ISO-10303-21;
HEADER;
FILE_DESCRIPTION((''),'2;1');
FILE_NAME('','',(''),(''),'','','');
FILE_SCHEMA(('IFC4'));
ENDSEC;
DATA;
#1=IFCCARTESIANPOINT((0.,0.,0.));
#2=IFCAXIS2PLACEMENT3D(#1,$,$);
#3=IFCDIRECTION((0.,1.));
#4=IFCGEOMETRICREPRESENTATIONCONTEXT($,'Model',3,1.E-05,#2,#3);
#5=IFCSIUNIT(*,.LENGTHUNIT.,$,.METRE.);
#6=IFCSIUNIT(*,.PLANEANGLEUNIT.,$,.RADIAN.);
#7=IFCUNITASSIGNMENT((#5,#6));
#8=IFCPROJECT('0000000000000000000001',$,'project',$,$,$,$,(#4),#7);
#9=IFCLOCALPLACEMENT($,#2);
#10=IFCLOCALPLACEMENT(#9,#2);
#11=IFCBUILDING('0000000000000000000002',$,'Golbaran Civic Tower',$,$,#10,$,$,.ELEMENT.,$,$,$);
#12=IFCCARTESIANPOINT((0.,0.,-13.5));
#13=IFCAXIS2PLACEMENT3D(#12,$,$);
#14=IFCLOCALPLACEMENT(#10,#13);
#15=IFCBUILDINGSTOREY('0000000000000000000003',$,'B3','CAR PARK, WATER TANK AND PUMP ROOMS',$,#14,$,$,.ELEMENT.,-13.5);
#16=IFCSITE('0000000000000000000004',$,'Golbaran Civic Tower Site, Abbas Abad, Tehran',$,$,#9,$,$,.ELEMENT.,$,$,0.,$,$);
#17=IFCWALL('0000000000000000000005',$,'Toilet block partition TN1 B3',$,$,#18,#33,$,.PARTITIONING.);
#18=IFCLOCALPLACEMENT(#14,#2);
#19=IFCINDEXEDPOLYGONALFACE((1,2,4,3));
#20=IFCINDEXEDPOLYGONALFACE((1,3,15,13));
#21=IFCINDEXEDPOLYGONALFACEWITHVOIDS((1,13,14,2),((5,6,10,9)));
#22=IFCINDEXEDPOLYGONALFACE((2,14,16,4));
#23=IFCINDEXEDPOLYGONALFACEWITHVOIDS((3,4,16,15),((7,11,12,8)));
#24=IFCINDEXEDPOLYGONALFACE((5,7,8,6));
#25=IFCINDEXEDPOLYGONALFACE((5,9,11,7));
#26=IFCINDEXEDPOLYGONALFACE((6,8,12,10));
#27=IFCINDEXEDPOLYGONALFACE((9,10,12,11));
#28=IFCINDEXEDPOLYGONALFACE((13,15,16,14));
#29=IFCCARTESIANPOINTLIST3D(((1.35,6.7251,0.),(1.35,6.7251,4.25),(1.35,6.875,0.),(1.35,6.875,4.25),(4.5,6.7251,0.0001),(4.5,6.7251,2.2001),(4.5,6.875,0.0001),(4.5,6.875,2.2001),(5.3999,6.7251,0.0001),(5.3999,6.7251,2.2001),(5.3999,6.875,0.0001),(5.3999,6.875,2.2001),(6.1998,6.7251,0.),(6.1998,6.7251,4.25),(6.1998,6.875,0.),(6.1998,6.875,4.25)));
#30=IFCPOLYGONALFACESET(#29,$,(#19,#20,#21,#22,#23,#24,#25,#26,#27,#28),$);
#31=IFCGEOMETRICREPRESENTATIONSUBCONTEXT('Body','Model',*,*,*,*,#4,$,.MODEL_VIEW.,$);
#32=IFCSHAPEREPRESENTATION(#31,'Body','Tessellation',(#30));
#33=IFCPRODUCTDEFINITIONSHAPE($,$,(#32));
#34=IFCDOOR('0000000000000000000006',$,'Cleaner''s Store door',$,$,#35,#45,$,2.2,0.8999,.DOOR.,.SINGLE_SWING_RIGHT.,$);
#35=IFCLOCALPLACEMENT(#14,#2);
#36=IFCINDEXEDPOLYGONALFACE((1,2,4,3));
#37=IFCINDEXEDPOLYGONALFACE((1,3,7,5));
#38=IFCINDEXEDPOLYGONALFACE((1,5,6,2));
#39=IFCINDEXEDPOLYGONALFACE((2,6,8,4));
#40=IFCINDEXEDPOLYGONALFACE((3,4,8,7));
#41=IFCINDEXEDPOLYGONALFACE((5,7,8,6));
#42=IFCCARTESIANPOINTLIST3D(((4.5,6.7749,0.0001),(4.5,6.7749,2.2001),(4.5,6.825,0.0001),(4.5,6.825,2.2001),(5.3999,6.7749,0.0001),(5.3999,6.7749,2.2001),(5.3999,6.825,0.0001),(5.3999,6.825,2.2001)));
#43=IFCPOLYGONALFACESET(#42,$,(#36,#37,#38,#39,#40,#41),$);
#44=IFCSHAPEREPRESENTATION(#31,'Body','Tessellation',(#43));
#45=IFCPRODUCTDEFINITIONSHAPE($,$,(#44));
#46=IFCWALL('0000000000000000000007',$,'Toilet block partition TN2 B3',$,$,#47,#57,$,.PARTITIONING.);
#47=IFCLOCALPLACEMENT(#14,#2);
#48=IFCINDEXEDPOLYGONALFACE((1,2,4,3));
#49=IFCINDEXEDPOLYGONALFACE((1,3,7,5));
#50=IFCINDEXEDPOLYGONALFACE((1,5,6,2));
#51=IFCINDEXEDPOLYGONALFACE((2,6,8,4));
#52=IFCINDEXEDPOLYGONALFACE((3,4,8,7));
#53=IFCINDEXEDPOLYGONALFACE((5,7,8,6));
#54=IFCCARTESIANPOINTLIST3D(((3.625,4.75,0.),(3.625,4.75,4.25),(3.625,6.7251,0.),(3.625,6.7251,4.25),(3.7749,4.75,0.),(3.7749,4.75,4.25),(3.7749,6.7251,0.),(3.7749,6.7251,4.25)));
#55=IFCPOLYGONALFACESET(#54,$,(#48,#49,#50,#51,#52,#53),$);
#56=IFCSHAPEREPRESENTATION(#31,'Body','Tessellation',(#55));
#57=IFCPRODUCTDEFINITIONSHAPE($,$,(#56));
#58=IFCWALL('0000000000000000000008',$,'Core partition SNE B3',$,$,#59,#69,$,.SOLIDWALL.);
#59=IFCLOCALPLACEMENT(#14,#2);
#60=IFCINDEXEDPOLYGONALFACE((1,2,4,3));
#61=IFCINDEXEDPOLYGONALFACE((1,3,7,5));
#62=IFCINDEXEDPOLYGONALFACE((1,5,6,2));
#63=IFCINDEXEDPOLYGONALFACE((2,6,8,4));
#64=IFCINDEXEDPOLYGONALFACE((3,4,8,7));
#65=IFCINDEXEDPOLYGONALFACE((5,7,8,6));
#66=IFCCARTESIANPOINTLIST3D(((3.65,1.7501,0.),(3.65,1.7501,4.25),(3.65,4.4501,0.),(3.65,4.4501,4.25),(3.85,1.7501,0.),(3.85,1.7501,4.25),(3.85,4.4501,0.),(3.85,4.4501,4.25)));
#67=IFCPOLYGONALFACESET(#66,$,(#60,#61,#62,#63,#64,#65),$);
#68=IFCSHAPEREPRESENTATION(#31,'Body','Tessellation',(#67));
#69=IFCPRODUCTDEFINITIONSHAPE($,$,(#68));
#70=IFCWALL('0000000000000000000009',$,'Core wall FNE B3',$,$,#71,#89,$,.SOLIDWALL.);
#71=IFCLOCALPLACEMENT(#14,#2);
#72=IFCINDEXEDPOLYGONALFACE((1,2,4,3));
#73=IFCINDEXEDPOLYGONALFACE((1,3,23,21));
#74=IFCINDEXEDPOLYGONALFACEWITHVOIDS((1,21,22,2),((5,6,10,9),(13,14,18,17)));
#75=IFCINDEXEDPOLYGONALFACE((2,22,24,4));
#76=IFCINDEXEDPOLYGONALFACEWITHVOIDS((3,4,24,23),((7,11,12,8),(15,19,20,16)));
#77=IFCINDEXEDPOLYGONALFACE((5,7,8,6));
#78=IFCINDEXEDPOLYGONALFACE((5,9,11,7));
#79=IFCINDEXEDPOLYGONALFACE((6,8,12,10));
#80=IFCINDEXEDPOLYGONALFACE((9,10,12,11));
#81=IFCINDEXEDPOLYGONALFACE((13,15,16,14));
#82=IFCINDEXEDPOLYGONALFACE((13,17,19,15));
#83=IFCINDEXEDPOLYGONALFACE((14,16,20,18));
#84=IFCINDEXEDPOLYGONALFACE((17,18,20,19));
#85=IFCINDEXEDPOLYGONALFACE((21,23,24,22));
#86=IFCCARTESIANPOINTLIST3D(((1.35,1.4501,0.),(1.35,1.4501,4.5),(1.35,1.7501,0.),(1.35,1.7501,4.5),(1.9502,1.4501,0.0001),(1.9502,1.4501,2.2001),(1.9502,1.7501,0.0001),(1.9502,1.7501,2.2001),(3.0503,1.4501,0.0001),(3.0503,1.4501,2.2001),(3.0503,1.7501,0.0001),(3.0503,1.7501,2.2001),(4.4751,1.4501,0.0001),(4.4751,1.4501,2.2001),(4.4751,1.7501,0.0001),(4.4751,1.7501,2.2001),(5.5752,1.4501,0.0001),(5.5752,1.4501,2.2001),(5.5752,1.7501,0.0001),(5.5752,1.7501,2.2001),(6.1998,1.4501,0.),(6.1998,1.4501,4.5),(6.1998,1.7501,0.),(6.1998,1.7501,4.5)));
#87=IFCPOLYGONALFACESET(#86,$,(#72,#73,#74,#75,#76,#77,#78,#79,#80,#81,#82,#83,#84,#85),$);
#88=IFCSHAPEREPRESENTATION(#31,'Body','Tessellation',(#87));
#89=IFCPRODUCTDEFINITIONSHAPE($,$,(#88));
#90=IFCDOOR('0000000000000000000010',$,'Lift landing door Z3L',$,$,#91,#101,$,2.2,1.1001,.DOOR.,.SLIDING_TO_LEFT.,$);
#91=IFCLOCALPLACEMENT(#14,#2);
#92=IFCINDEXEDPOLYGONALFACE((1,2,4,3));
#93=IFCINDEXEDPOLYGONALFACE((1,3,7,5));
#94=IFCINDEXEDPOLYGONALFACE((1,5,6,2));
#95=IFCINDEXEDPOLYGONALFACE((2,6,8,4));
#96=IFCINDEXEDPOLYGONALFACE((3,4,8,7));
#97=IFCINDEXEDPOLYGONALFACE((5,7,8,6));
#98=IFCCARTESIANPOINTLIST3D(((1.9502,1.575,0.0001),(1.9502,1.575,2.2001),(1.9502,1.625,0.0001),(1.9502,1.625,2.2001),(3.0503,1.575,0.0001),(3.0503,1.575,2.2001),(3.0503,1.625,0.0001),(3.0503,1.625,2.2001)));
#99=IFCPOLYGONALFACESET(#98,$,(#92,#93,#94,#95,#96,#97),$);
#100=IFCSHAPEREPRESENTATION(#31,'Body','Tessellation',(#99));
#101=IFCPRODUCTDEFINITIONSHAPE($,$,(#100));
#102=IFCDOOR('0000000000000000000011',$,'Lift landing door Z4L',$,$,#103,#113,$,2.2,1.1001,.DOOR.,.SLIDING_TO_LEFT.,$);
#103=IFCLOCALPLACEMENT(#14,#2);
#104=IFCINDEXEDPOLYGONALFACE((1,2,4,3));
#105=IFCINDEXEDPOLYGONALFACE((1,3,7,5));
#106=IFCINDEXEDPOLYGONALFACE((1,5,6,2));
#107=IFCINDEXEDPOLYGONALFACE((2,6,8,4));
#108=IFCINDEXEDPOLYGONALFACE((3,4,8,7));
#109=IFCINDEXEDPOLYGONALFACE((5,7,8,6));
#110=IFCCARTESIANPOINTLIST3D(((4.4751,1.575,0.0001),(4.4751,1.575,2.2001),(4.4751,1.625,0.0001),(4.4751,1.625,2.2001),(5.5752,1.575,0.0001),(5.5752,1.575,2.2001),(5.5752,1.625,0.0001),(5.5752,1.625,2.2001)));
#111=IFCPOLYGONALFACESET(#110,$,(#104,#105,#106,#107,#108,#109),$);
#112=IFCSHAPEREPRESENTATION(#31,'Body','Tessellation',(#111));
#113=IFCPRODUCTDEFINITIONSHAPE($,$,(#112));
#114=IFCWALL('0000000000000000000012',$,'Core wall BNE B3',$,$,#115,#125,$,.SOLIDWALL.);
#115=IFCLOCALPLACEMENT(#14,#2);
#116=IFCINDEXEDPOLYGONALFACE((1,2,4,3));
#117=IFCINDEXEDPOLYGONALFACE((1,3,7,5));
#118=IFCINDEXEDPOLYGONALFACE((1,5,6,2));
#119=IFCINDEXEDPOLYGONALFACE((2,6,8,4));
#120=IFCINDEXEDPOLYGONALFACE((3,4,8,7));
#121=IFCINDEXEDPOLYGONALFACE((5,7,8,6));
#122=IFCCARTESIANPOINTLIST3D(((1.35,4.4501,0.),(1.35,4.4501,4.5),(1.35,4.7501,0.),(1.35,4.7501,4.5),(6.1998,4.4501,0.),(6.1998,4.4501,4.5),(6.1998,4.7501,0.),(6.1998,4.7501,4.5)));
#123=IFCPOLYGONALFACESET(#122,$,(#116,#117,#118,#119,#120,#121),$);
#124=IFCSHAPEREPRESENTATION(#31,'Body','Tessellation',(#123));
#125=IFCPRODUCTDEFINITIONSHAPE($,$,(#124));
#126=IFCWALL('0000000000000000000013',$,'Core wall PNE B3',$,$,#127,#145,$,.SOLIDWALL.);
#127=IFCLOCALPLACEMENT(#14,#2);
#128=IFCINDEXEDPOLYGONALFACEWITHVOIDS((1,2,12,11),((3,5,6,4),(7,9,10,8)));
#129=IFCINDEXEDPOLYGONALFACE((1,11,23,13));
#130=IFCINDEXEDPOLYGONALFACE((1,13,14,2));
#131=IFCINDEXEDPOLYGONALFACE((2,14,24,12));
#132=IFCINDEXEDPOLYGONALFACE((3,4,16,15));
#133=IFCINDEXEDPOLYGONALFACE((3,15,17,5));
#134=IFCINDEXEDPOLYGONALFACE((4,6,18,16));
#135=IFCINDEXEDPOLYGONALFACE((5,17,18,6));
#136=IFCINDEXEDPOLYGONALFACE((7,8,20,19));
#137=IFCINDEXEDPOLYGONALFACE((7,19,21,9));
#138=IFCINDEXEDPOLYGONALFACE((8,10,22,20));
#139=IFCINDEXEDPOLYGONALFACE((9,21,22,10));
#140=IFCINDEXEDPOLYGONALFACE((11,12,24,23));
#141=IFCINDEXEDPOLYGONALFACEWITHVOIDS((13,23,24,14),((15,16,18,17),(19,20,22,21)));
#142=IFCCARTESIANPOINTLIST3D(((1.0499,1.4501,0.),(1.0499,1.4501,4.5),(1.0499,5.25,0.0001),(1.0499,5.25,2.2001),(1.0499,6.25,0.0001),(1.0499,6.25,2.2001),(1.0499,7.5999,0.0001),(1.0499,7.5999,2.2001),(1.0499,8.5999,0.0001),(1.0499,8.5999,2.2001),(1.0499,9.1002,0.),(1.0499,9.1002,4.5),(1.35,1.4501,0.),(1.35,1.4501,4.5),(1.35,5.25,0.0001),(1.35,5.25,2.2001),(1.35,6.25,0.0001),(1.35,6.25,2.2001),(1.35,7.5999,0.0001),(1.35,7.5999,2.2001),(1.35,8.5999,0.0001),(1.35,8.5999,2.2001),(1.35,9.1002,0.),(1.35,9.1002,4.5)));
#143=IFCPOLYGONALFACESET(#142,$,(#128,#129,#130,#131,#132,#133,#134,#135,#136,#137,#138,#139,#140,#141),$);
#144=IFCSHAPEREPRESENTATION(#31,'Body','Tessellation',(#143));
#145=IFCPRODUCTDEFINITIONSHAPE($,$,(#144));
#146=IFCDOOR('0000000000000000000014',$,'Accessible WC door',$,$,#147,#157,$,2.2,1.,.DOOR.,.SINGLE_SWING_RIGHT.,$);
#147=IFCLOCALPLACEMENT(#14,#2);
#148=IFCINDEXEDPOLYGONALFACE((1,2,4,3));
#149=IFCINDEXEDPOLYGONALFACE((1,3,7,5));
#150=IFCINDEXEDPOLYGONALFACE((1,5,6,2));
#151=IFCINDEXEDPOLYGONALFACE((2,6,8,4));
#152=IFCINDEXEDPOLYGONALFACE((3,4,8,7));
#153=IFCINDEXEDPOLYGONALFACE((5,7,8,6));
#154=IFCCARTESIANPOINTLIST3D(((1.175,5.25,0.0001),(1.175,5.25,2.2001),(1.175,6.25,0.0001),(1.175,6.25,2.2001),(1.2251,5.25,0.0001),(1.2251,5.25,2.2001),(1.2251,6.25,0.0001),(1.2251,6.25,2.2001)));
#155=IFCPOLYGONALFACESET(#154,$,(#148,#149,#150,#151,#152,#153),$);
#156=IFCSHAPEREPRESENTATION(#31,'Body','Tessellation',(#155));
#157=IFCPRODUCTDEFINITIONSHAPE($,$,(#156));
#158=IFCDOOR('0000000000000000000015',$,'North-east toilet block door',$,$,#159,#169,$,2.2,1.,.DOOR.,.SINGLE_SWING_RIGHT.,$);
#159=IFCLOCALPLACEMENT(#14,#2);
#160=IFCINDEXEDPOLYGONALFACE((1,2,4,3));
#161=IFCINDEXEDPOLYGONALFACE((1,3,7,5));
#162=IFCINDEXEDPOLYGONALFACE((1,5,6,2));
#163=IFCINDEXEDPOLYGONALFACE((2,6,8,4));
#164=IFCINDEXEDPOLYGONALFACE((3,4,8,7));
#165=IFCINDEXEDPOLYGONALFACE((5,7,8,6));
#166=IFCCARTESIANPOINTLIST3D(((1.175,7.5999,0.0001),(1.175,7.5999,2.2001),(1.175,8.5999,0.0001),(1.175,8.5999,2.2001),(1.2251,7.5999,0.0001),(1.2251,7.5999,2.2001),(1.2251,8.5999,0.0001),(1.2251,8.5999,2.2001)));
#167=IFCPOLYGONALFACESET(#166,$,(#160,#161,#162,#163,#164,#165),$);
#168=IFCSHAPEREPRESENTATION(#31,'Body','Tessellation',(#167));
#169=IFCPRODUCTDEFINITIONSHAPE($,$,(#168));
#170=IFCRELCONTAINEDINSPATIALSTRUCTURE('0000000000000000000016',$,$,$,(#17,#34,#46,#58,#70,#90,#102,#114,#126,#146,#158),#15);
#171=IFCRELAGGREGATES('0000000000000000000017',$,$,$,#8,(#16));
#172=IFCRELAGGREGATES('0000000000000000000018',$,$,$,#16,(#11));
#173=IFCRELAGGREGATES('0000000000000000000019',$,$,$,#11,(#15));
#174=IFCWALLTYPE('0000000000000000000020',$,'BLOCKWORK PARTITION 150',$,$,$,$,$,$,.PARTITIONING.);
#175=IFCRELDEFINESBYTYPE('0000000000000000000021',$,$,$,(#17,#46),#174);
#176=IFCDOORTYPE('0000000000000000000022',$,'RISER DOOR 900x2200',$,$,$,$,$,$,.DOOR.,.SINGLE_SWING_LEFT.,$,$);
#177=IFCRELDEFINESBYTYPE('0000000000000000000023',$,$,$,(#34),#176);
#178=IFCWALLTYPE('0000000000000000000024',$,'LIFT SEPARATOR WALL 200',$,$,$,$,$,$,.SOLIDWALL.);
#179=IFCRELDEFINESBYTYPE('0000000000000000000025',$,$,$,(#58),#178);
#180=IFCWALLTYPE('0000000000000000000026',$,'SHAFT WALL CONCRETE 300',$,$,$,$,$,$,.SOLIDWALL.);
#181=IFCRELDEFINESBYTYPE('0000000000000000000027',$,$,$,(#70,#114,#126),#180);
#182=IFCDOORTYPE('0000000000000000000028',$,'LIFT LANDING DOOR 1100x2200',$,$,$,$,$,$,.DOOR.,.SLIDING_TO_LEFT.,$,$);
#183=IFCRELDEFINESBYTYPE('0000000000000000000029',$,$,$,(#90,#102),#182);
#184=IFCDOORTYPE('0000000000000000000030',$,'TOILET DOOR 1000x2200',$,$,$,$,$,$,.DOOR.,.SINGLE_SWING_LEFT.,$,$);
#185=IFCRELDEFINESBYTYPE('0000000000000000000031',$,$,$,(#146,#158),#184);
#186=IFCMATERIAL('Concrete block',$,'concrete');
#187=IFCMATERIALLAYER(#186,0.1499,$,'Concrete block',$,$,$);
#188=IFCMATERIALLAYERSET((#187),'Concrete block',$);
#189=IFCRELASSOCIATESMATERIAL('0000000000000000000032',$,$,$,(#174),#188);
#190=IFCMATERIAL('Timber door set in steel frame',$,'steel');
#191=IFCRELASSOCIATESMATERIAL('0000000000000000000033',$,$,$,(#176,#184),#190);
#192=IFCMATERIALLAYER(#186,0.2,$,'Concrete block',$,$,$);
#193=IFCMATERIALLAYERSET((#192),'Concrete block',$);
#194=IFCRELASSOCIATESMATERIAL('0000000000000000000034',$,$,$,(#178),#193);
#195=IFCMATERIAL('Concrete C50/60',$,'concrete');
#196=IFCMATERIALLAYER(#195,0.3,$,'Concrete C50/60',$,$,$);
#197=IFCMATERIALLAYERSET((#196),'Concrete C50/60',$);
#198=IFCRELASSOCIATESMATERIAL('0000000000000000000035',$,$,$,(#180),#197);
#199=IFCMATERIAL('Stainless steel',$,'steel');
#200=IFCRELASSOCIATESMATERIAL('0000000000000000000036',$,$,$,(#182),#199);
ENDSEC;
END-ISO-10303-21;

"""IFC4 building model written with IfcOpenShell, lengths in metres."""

from ifc_helpers import new_model, si_unit, direction, frame, frame_2d, origin, place, context, subcontext, project, spatial, rectangle, extrude, material, layer, layer_set, type_object, element, fill, save


model = new_model("IFC4")

# Units and contexts
model_context = context("Model", 3, precision=1e-05, world=origin(), true_north=direction((0.0, 1.0)))
body_context = subcontext(model_context, "Body", "Model", "MODEL_VIEW")
ifc_project = project(units=[si_unit("LENGTHUNIT", "METRE"), si_unit("PLANEANGLEUNIT", "RADIAN")], contexts=[model_context])

# Site, building, storey
site_placement = place(None, origin())
site = spatial("IfcSite", under=ifc_project, at=site_placement, Name="Golbaran Civic Tower Site, Abbas Abad, Tehran", CompositionType="ELEMENT", RefElevation=0.0)
building_placement = place(site_placement, origin())
building = spatial("IfcBuilding", under=site, at=building_placement, Name="Golbaran Civic Tower", CompositionType="ELEMENT")
storey_placement = place(building_placement, frame((0.0, 0.0, -13.5)))
storey = spatial("IfcBuildingStorey", under=building, at=storey_placement, Name="B3", Description="CAR PARK, WATER TANK AND PUMP ROOMS", CompositionType="ELEMENT", Elevation=-13.5)

# Wall, opening, door
ifc_material_1 = material(Name="Concrete block", Category="concrete")
ifc_layer_1 = layer(ifc_material_1, 0.1499, Name="Concrete block")
ifc_layer_set_1 = layer_set([ifc_layer_1], Name="Concrete block")
wall_type_1 = type_object("IfcWallType", Name="BLOCKWORK PARTITION 150", PredefinedType="PARTITIONING", material=ifc_layer_set_1)
wall_1_placement = place(storey_placement, frame((1.3501, 6.8, 0.0), z_axis=(0.0, 0.0, 1.0), x_axis=(1.0, 0.0, 0.0)))
wall_1 = element("IfcWall", 1, at=wall_1_placement, inside=storey, type_object=wall_type_1, Name="Toilet block partition TN1 B3", PredefinedType="PARTITIONING", context=body_context, shape_type="SweptSolid", body=[
    extrude(rectangle(XDim=4.8499, YDim=0.1499, at=frame_2d((2.4248, 0.0))), origin(), (0.0, 0.0, 1.0), 4.25),
])
opening_1_placement = place(wall_1_placement, frame((3.1499, 0.0, 0.0)))
opening_1 = element("IfcOpeningElement", 2, at=opening_1_placement, cuts=wall_1, PredefinedType="OPENING", context=body_context, shape_type="SweptSolid", body=[
    extrude(rectangle(XDim=0.8999, YDim=2.2, at=frame_2d((0.45, 1.1001))), frame((0.0, 0.085, 0.0), z_axis=(0.0, -1.0, 0.0), x_axis=(1.0, 0.0, 0.0)), (0.0, 0.0, 1.0), 0.1699),
])
ifc_material_2 = material(Name="Timber door set in steel frame", Category="steel")
door_type_1 = type_object("IfcDoorType", Name="RISER DOOR 900x2200", OperationType="SINGLE_SWING_LEFT", PredefinedType="DOOR", material=ifc_material_2)
door_1_placement = place(opening_1_placement, origin())
door_1 = element("IfcDoor", 3, at=door_1_placement, inside=storey, type_object=door_type_1, Name="Cleaner's Store door", OperationType="SINGLE_SWING_RIGHT", OverallHeight=2.2, OverallWidth=0.8999, PredefinedType="DOOR", context=body_context, shape_type="SweptSolid", body=[
    extrude(rectangle(XDim=0.8999, YDim=2.2, at=frame_2d((0.45, 1.1001))), frame((0.0, 0.0249, 0.0), z_axis=(0.0, -1.0, 0.0), x_axis=(1.0, 0.0, 0.0)), (0.0, 0.0, 1.0), 0.05),
])
fill(opening_1, door_1)

# Walls
wall_2_placement = place(storey_placement, frame((3.7, 4.75, 0.0), z_axis=(0.0, 0.0, 1.0), x_axis=(0.0, 1.0, 0.0)))
element("IfcWall", 4, at=wall_2_placement, inside=storey, type_object=wall_type_1, Name="Toilet block partition TN2 B3", PredefinedType="PARTITIONING", context=body_context, shape_type="SweptSolid", body=[
    extrude(rectangle(XDim=1.9751, YDim=0.1499, at=frame_2d((0.9875, 0.0))), origin(), (0.0, 0.0, 1.0), 4.25),
])
ifc_layer_2 = layer(ifc_material_1, 0.2, Name="Concrete block")
ifc_layer_set_2 = layer_set([ifc_layer_2], Name="Concrete block")
wall_type_2 = type_object("IfcWallType", Name="LIFT SEPARATOR WALL 200", PredefinedType="SOLIDWALL", material=ifc_layer_set_2)
wall_3_placement = place(storey_placement, frame((3.75, 1.75, 0.0), z_axis=(0.0, 0.0, 1.0), x_axis=(0.0, 1.0, 0.0)))
element("IfcWall", 5, at=wall_3_placement, inside=storey, type_object=wall_type_2, Name="Core partition SNE B3", PredefinedType="SOLIDWALL", context=body_context, shape_type="SweptSolid", body=[
    extrude(rectangle(XDim=2.7, YDim=0.2, at=frame_2d((1.3501, 0.0))), origin(), (0.0, 0.0, 1.0), 4.25),
])

# Wall, openings, doors
ifc_material_3 = material(Name="Concrete C50/60", Category="concrete")
ifc_layer_3 = layer(ifc_material_3, 0.3, Name="Concrete C50/60")
ifc_layer_set_3 = layer_set([ifc_layer_3], Name="Concrete C50/60")
wall_type_3 = type_object("IfcWallType", Name="SHAFT WALL CONCRETE 300", PredefinedType="SOLIDWALL", material=ifc_layer_set_3)
wall_4_placement = place(storey_placement, frame((1.3501, 1.6001, 0.0), z_axis=(0.0, 0.0, 1.0), x_axis=(1.0, 0.0, 0.0)))
wall_4 = element("IfcWall", 6, at=wall_4_placement, inside=storey, type_object=wall_type_3, Name="Core wall FNE B3", PredefinedType="SOLIDWALL", context=body_context, shape_type="SweptSolid", body=[
    extrude(rectangle(XDim=4.8499, YDim=0.3, at=frame_2d((2.4248, 0.0))), origin(), (0.0, 0.0, 1.0), 4.5),
])
opening_2_placement = place(wall_4_placement, frame((0.6001, 0.0, 0.0)))
opening_2 = element("IfcOpeningElement", 7, at=opening_2_placement, cuts=wall_4, PredefinedType="OPENING", context=body_context, shape_type="SweptSolid", body=[
    extrude(rectangle(XDim=1.1001, YDim=2.2, at=frame_2d((0.55, 1.1001))), frame((0.0, 0.1599, 0.0), z_axis=(0.0, -1.0, 0.0), x_axis=(1.0, 0.0, 0.0)), (0.0, 0.0, 1.0), 0.3201),
])
opening_3_placement = place(wall_4_placement, frame((3.125, 0.0, 0.0)))
opening_3 = element("IfcOpeningElement", 8, at=opening_3_placement, cuts=wall_4, PredefinedType="OPENING", context=body_context, shape_type="SweptSolid", body=[
    extrude(rectangle(XDim=1.1001, YDim=2.2, at=frame_2d((0.55, 1.1001))), frame((0.0, 0.1599, 0.0), z_axis=(0.0, -1.0, 0.0), x_axis=(1.0, 0.0, 0.0)), (0.0, 0.0, 1.0), 0.3201),
])
ifc_material_4 = material(Name="Stainless steel", Category="steel")
door_type_2 = type_object("IfcDoorType", Name="LIFT LANDING DOOR 1100x2200", OperationType="SLIDING_TO_LEFT", PredefinedType="DOOR", material=ifc_material_4)
door_2_placement = place(opening_2_placement, origin())
door_2 = element("IfcDoor", 9, at=door_2_placement, inside=storey, type_object=door_type_2, Name="Lift landing door Z3L", OperationType="SLIDING_TO_LEFT", OverallHeight=2.2, OverallWidth=1.1001, PredefinedType="DOOR", context=body_context, shape_type="SweptSolid", body=[
    extrude(rectangle(XDim=1.1001, YDim=2.2, at=frame_2d((0.55, 1.1001))), frame((0.0, 0.0249, 0.0), z_axis=(0.0, -1.0, 0.0), x_axis=(1.0, 0.0, 0.0)), (0.0, 0.0, 1.0), 0.05),
])
fill(opening_2, door_2)
door_3_placement = place(opening_3_placement, origin())
door_3 = element("IfcDoor", 10, at=door_3_placement, inside=storey, type_object=door_type_2, Name="Lift landing door Z4L", OperationType="SLIDING_TO_LEFT", OverallHeight=2.2, OverallWidth=1.1001, PredefinedType="DOOR", context=body_context, shape_type="SweptSolid", body=[
    extrude(rectangle(XDim=1.1001, YDim=2.2, at=frame_2d((0.55, 1.1001))), frame((0.0, 0.0249, 0.0), z_axis=(0.0, -1.0, 0.0), x_axis=(1.0, 0.0, 0.0)), (0.0, 0.0, 1.0), 0.05),
])
fill(opening_3, door_3)

# Wall
wall_5_placement = place(storey_placement, frame((1.3501, 4.6001, 0.0), z_axis=(0.0, 0.0, 1.0), x_axis=(1.0, 0.0, 0.0)))
element("IfcWall", 11, at=wall_5_placement, inside=storey, type_object=wall_type_3, Name="Core wall BNE B3", PredefinedType="SOLIDWALL", context=body_context, shape_type="SweptSolid", body=[
    extrude(rectangle(XDim=4.8499, YDim=0.3, at=frame_2d((2.4248, 0.0))), origin(), (0.0, 0.0, 1.0), 4.5),
])

# Wall, openings, doors
wall_6_placement = place(storey_placement, frame((1.2, 1.45, 0.0), z_axis=(0.0, 0.0, 1.0), x_axis=(0.0, 1.0, 0.0)))
wall_6 = element("IfcWall", 12, at=wall_6_placement, inside=storey, type_object=wall_type_3, Name="Core wall PNE B3", PredefinedType="SOLIDWALL", context=body_context, shape_type="SweptSolid", body=[
    extrude(rectangle(XDim=7.6501, YDim=0.3, at=frame_2d((3.8252, 0.0))), origin(), (0.0, 0.0, 1.0), 4.5),
])
opening_4_placement = place(wall_6_placement, frame((3.8, 0.0, 0.0)))
opening_4 = element("IfcOpeningElement", 13, at=opening_4_placement, cuts=wall_6, PredefinedType="OPENING", context=body_context, shape_type="SweptSolid", body=[
    extrude(rectangle(XDim=1.0, YDim=2.2, at=frame_2d((0.5, 1.1001))), frame((0.0, 0.1599, 0.0), z_axis=(0.0, -1.0, 0.0), x_axis=(1.0, 0.0, 0.0)), (0.0, 0.0, 1.0), 0.3201),
])
opening_5_placement = place(wall_6_placement, frame((6.1499, 0.0, 0.0)))
opening_5 = element("IfcOpeningElement", 14, at=opening_5_placement, cuts=wall_6, PredefinedType="OPENING", context=body_context, shape_type="SweptSolid", body=[
    extrude(rectangle(XDim=1.0, YDim=2.2, at=frame_2d((0.5, 1.1001))), frame((0.0, 0.1599, 0.0), z_axis=(0.0, -1.0, 0.0), x_axis=(1.0, 0.0, 0.0)), (0.0, 0.0, 1.0), 0.3201),
])
door_type_3 = type_object("IfcDoorType", Name="TOILET DOOR 1000x2200", OperationType="SINGLE_SWING_LEFT", PredefinedType="DOOR", material=ifc_material_2)
door_4_placement = place(opening_4_placement, origin())
door_4 = element("IfcDoor", 15, at=door_4_placement, inside=storey, type_object=door_type_3, Name="Accessible WC door", OperationType="SINGLE_SWING_RIGHT", OverallHeight=2.2, OverallWidth=1.0, PredefinedType="DOOR", context=body_context, shape_type="SweptSolid", body=[
    extrude(rectangle(XDim=1.0, YDim=2.2, at=frame_2d((0.5, 1.1001))), frame((0.0, 0.0249, 0.0), z_axis=(0.0, -1.0, 0.0), x_axis=(1.0, 0.0, 0.0)), (0.0, 0.0, 1.0), 0.05),
])
fill(opening_4, door_4)
door_5_placement = place(opening_5_placement, origin())
door_5 = element("IfcDoor", 16, at=door_5_placement, inside=storey, type_object=door_type_3, Name="North-east toilet block door", OperationType="SINGLE_SWING_RIGHT", OverallHeight=2.2, OverallWidth=1.0, PredefinedType="DOOR", context=body_context, shape_type="SweptSolid", body=[
    extrude(rectangle(XDim=1.0, YDim=2.2, at=frame_2d((0.5, 1.1001))), frame((0.0, 0.0249, 0.0), z_axis=(0.0, -1.0, 0.0), x_axis=(1.0, 0.0, 0.0)), (0.0, 0.0, 1.0), 0.05),
])
fill(opening_5, door_5)

save(model, "model.ifc")
